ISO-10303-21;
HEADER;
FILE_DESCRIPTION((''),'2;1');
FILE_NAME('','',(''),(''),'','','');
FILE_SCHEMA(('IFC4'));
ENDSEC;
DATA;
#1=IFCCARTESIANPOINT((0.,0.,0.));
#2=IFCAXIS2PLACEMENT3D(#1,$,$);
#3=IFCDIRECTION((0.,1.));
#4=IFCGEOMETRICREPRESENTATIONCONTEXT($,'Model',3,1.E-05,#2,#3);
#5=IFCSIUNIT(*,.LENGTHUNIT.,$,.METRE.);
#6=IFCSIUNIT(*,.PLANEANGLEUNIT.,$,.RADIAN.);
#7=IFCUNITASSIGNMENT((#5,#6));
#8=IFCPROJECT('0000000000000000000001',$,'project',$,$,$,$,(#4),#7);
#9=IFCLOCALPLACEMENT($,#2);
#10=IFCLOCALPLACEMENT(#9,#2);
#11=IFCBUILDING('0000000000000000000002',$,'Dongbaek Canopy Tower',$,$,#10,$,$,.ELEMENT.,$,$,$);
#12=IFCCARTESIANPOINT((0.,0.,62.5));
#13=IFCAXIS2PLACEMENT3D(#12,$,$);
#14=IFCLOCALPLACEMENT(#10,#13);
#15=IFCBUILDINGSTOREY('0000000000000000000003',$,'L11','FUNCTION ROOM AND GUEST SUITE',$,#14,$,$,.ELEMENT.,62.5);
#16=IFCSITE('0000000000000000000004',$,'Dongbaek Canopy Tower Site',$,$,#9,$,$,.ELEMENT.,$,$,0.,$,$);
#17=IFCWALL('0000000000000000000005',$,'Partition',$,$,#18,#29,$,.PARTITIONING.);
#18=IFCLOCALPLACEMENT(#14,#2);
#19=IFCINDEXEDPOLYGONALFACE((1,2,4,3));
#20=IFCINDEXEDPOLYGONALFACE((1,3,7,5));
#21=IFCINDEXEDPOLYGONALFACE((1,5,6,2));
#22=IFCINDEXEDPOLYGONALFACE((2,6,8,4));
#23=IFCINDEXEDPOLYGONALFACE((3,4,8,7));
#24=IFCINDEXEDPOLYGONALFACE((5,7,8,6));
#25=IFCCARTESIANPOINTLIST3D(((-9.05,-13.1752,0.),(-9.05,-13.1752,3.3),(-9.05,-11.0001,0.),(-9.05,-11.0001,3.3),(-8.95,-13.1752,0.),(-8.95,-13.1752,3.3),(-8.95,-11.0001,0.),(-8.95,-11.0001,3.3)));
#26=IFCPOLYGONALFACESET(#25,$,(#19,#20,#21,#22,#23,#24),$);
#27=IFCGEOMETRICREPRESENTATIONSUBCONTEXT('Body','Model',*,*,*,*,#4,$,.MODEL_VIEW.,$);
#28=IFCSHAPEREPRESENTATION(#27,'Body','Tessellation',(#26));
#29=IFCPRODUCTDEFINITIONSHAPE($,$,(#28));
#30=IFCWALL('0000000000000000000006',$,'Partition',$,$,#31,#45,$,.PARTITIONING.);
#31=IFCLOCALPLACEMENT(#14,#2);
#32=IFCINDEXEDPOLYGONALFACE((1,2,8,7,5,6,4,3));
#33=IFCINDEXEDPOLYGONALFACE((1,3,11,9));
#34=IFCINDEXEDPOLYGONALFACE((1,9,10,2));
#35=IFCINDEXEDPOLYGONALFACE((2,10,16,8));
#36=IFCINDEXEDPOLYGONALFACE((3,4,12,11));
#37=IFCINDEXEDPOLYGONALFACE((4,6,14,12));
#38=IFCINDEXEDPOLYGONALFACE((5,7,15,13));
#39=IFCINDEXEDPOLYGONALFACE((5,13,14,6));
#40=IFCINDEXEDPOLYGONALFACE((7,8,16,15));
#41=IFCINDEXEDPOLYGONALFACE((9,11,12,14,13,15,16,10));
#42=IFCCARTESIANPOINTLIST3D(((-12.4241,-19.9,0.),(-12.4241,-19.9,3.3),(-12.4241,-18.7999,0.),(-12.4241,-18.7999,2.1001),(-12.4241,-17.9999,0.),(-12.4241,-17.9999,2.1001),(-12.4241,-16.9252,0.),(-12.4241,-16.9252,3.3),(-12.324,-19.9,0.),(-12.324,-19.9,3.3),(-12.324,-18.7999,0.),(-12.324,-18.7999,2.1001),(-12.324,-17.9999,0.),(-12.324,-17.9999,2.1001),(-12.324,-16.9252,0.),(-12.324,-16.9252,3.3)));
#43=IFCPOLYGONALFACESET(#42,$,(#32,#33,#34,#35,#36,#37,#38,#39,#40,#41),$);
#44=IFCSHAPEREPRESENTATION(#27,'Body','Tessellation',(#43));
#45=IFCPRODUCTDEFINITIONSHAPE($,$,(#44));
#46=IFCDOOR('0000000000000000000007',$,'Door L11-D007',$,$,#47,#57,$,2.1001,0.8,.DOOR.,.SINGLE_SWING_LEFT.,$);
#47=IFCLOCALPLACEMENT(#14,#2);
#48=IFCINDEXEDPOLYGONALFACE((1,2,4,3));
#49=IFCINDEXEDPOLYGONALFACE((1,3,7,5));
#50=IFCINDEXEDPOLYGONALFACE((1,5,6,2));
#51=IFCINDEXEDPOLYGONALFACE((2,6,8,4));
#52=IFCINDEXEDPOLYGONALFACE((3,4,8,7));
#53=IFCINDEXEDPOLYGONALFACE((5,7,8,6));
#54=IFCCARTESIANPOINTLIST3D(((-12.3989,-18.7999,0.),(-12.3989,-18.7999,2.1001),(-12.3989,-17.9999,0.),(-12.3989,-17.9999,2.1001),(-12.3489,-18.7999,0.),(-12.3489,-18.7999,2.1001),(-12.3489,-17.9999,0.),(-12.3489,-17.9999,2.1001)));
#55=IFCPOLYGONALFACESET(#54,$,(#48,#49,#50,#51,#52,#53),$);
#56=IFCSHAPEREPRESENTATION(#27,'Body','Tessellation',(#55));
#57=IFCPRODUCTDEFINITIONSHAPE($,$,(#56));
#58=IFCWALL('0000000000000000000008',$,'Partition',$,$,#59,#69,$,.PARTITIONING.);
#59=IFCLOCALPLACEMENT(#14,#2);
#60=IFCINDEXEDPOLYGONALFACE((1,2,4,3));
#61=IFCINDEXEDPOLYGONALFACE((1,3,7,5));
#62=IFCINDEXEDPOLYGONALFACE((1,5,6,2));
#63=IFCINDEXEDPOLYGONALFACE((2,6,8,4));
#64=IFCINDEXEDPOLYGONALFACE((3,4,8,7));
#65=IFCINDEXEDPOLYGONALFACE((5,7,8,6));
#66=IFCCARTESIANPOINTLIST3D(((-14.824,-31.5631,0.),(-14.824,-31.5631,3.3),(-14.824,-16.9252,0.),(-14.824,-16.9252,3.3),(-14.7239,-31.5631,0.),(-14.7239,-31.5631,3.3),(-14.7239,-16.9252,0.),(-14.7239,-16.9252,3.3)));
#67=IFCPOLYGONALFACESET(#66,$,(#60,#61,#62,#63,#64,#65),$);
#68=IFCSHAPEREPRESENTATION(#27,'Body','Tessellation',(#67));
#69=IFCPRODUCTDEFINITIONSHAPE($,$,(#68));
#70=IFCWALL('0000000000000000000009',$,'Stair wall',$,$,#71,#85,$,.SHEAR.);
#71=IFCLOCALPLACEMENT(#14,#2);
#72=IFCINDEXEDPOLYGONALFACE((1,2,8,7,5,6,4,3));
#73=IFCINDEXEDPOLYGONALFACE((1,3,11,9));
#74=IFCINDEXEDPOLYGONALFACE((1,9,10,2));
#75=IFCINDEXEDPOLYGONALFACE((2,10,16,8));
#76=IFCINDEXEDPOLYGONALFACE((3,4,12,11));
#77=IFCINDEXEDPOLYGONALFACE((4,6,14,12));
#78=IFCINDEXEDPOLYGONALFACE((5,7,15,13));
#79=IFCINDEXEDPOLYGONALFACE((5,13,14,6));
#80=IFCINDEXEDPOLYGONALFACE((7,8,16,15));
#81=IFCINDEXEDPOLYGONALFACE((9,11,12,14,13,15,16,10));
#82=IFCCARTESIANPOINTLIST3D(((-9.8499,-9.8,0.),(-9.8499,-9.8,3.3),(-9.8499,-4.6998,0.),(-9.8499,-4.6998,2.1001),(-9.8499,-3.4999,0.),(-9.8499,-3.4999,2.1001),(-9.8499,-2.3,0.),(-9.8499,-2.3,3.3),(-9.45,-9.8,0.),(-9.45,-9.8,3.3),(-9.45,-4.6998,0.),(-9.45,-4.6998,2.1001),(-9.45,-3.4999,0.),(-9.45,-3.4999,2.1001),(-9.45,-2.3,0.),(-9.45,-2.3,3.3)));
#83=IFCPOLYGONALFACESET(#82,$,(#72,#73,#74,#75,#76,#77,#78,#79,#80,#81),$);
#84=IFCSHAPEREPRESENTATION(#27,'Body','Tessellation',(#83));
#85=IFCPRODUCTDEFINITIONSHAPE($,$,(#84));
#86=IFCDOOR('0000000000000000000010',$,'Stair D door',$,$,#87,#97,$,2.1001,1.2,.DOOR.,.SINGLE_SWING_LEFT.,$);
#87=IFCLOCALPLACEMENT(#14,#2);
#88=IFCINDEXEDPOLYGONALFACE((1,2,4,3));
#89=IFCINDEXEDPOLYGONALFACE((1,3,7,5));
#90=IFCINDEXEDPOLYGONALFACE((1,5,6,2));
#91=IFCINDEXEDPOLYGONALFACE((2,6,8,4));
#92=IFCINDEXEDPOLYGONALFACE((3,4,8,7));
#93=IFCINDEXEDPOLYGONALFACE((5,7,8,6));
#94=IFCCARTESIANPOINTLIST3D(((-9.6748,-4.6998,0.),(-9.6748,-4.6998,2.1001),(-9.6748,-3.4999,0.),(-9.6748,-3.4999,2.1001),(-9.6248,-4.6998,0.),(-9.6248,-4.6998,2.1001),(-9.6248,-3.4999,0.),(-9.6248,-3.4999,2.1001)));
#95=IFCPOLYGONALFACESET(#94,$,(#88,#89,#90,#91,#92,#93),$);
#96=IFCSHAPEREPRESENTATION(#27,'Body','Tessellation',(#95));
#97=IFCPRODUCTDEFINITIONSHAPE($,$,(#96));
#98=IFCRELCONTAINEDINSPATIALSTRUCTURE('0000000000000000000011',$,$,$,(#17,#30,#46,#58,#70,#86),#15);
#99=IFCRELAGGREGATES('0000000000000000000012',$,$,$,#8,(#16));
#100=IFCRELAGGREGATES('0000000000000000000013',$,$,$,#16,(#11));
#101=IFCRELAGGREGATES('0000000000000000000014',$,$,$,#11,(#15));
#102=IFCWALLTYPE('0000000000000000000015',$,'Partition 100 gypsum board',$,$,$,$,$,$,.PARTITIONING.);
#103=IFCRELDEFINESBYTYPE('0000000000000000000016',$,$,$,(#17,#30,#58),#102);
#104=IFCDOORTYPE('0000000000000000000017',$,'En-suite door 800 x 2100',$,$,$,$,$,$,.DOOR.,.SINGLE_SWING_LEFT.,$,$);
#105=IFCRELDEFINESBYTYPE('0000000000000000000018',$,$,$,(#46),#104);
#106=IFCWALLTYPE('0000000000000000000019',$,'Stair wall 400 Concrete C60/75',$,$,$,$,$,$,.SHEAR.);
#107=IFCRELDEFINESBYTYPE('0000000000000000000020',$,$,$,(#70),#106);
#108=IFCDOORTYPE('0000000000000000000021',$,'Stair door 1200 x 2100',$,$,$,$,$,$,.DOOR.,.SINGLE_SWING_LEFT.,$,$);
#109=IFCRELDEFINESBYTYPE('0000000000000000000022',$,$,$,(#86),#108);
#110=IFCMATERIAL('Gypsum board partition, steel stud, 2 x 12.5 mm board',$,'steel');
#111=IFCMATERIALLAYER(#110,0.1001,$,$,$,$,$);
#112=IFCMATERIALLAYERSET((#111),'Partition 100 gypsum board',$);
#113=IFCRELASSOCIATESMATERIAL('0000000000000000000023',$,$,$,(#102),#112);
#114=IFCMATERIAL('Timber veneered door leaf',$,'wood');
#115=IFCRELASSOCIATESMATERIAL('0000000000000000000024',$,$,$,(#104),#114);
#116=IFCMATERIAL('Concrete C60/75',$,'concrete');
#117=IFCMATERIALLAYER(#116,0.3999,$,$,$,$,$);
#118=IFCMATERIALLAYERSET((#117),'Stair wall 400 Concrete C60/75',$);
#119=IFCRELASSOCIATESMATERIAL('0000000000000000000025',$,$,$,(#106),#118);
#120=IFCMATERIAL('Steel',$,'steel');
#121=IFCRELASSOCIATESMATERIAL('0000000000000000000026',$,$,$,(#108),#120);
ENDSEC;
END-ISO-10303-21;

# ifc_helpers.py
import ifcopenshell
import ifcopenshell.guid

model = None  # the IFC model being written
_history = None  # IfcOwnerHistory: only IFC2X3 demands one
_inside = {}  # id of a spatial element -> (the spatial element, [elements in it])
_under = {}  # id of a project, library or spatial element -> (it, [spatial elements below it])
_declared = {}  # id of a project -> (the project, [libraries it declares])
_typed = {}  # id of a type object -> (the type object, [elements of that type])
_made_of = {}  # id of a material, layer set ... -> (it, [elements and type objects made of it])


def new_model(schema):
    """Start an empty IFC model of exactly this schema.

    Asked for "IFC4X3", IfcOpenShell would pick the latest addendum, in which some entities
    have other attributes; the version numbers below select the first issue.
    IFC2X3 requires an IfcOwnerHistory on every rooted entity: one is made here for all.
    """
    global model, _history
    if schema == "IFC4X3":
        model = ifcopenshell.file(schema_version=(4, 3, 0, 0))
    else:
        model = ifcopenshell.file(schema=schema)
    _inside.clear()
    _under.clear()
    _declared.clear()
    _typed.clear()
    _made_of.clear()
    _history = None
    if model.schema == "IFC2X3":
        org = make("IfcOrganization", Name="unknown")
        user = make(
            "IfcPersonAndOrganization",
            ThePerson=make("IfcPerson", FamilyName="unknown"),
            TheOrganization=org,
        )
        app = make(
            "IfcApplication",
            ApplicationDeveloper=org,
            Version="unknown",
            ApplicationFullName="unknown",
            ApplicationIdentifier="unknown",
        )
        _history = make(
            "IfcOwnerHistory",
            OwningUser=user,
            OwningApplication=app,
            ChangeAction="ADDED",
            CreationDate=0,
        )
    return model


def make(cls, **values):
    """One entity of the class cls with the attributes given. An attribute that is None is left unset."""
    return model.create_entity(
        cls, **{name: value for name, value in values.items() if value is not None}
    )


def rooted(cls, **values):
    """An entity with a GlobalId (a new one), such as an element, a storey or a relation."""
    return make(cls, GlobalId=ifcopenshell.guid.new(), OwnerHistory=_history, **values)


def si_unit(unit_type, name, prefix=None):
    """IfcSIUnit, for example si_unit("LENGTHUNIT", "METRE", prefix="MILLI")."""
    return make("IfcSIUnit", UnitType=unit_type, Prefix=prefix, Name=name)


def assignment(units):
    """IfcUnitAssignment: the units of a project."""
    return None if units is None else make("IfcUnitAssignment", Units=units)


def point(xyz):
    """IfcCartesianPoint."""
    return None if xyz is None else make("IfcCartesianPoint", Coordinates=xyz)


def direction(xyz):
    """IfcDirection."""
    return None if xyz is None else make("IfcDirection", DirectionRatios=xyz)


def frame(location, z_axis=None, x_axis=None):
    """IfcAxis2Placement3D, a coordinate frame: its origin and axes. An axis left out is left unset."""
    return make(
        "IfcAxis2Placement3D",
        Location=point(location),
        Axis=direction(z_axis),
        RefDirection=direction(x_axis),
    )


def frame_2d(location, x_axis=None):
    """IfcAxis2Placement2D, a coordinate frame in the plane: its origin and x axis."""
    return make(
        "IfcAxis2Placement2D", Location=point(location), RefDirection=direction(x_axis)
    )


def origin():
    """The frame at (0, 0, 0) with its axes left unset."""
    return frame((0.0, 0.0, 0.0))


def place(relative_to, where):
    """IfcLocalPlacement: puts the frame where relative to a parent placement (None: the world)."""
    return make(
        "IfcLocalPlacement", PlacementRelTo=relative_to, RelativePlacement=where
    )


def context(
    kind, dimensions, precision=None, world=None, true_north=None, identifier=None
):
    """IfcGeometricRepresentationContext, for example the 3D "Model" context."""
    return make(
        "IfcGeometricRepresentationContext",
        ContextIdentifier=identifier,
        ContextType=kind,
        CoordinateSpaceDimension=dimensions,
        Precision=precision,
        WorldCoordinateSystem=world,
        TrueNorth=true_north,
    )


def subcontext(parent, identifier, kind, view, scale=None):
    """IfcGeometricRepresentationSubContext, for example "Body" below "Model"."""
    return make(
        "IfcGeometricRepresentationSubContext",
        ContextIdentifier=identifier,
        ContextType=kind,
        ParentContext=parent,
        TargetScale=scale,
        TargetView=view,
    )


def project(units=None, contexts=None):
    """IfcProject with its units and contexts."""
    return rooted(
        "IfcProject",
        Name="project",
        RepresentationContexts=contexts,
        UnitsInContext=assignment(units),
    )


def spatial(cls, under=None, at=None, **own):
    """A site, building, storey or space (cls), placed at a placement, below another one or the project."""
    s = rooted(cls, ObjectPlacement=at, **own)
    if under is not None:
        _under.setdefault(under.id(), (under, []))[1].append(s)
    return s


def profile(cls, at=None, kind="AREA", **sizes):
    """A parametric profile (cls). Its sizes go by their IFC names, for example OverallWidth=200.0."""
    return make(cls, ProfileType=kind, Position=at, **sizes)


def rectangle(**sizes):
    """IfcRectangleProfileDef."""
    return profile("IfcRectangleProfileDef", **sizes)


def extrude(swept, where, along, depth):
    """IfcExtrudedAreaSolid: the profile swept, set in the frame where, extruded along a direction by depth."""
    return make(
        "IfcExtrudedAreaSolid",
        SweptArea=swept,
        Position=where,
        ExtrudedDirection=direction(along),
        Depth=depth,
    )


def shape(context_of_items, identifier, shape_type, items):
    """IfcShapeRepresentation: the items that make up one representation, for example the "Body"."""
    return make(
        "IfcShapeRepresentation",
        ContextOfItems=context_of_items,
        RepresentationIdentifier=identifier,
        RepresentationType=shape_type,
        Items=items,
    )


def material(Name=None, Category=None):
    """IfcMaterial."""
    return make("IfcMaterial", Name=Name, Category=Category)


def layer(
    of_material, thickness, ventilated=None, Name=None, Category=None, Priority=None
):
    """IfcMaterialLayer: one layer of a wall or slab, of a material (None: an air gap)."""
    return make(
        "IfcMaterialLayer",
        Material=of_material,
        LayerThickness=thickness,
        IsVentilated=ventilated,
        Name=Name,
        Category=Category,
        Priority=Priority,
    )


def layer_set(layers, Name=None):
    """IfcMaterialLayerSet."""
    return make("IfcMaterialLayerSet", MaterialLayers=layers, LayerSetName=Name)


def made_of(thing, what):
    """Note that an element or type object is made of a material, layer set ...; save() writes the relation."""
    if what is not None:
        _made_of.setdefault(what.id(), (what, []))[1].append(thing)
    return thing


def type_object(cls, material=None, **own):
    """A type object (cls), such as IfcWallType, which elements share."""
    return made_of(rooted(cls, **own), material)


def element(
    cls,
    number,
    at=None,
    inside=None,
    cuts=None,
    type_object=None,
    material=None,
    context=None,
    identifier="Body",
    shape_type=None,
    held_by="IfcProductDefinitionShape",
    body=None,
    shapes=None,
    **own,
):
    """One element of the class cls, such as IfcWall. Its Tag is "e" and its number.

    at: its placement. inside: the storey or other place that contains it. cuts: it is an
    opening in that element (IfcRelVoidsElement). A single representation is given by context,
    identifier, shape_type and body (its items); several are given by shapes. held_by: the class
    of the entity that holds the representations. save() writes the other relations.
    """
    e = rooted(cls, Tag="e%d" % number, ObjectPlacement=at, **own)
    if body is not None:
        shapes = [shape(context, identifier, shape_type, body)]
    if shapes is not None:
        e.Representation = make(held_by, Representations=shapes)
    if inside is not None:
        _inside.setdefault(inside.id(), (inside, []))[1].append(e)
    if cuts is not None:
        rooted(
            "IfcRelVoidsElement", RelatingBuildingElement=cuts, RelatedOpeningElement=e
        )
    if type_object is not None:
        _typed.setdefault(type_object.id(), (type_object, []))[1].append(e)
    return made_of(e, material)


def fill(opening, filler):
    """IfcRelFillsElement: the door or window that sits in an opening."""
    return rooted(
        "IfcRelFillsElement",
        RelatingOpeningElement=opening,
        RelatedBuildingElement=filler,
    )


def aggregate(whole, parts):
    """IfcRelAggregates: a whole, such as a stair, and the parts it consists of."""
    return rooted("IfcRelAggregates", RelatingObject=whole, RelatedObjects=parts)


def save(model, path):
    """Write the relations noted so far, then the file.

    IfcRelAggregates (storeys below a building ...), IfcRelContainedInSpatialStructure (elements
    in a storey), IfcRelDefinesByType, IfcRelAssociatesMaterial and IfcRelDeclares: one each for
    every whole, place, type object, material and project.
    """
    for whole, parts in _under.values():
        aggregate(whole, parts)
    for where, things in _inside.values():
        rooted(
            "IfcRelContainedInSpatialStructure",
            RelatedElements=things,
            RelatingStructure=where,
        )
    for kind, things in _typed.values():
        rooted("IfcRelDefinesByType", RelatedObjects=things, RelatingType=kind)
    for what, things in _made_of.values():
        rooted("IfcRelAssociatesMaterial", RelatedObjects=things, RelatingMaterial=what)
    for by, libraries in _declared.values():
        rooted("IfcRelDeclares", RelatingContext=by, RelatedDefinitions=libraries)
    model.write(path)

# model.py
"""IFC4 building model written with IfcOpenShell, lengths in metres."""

from ifc_helpers import new_model, si_unit, direction, frame, frame_2d, origin, place, context, subcontext, project, spatial, rectangle, extrude, material, layer, layer_set, type_object, element, fill, save


model = new_model("IFC4")

# Units and contexts
model_context = context("Model", 3, precision=1e-05, world=origin(), true_north=direction((0.0, 1.0)))
body_context = subcontext(model_context, "Body", "Model", "MODEL_VIEW")
ifc_project = project(units=[si_unit("LENGTHUNIT", "METRE"), si_unit("PLANEANGLEUNIT", "RADIAN")], contexts=[model_context])

# Site, building, storey
site_placement = place(None, origin())
site = spatial("IfcSite", under=ifc_project, at=site_placement, Name="Dongbaek Canopy Tower Site", CompositionType="ELEMENT", RefElevation=0.0)
building_placement = place(site_placement, origin())
building = spatial("IfcBuilding", under=site, at=building_placement, Name="Dongbaek Canopy Tower", CompositionType="ELEMENT")
storey_placement = place(building_placement, frame((0.0, 0.0, 62.5)))
storey = spatial("IfcBuildingStorey", under=building, at=storey_placement, Name="L11", Description="FUNCTION ROOM AND GUEST SUITE", CompositionType="ELEMENT", Elevation=62.5)

# Wall
ifc_material_1 = material(Name="Gypsum board partition, steel stud, 2 x 12.5 mm board", Category="steel")
ifc_layer_1 = layer(ifc_material_1, 0.1001)
ifc_layer_set_1 = layer_set([ifc_layer_1], Name="Partition 100 gypsum board")
wall_type_1 = type_object("IfcWallType", Name="Partition 100 gypsum board", PredefinedType="PARTITIONING", material=ifc_layer_set_1)
wall_1_placement = place(storey_placement, frame((-9.0, -13.175, 0.0), z_axis=(0.0, 0.0, 1.0), x_axis=(0.0, 1.0, 0.0)))
element("IfcWall", 1, at=wall_1_placement, inside=storey, type_object=wall_type_1, Name="Partition", PredefinedType="PARTITIONING", context=body_context, shape_type="SweptSolid", body=[
    extrude(rectangle(XDim=2.175, YDim=0.1001, at=frame_2d((1.0874, 0.0))), origin(), (0.0, 0.0, 1.0), 3.3),
])

# Wall, opening, door
wall_2_placement = place(storey_placement, frame((-12.374, -19.8999, 0.0), z_axis=(0.0, 0.0, 1.0), x_axis=(0.0, 1.0, 0.0)))
wall_2 = element("IfcWall", 2, at=wall_2_placement, inside=storey, type_object=wall_type_1, Name="Partition", PredefinedType="PARTITIONING", context=body_context, shape_type="SweptSolid", body=[
    extrude(rectangle(XDim=2.9749, YDim=0.1001, at=frame_2d((1.4873, 0.0))), origin(), (0.0, 0.0, 1.0), 3.3),
])
opening_1_placement = place(wall_2_placement, frame((1.1001, 0.0, 0.0)))
opening_1 = element("IfcOpeningElement", 3, at=opening_1_placement, cuts=wall_2, PredefinedType="OPENING", context=body_context, shape_type="SweptSolid", body=[
    extrude(rectangle(XDim=0.8, YDim=2.1001, at=frame_2d((0.3999, 1.05))), frame((0.0, 0.0601, 0.0), z_axis=(0.0, -1.0, 0.0), x_axis=(1.0, 0.0, 0.0)), (0.0, 0.0, 1.0), 0.1201),
])
ifc_material_2 = material(Name="Timber veneered door leaf", Category="wood")
door_type_1 = type_object("IfcDoorType", Name="En-suite door 800 x 2100", OperationType="SINGLE_SWING_LEFT", PredefinedType="DOOR", material=ifc_material_2)
door_1_placement = place(opening_1_placement, origin())
door_1 = element("IfcDoor", 4, at=door_1_placement, inside=storey, type_object=door_type_1, Name="Door L11-D007", OperationType="SINGLE_SWING_LEFT", OverallHeight=2.1001, OverallWidth=0.8, PredefinedType="DOOR", context=body_context, shape_type="SweptSolid", body=[
    extrude(rectangle(XDim=0.8, YDim=2.1001, at=frame_2d((0.3999, 1.05))), frame((0.0, 0.0249, 0.0), z_axis=(0.0, -1.0, 0.0), x_axis=(1.0, 0.0, 0.0)), (0.0, 0.0, 1.0), 0.05),
])
fill(opening_1, door_1)

# Wall
wall_3_placement = place(storey_placement, frame((-14.7739, -31.563, 0.0), z_axis=(0.0, 0.0, 1.0), x_axis=(0.0, 1.0, 0.0)))
element("IfcWall", 5, at=wall_3_placement, inside=storey, type_object=wall_type_1, Name="Partition", PredefinedType="PARTITIONING", context=body_context, shape_type="SweptSolid", body=[
    extrude(rectangle(XDim=14.6379, YDim=0.1001, at=frame_2d((7.3188, 0.0))), origin(), (0.0, 0.0, 1.0), 3.3),
])

# Wall, opening, door
ifc_material_3 = material(Name="Concrete C60/75", Category="concrete")
ifc_layer_2 = layer(ifc_material_3, 0.3999)
ifc_layer_set_2 = layer_set([ifc_layer_2], Name="Stair wall 400 Concrete C60/75")
wall_type_2 = type_object("IfcWallType", Name="Stair wall 400 Concrete C60/75", PredefinedType="SHEAR", material=ifc_layer_set_2)
wall_4_placement = place(storey_placement, frame((-9.6499, -9.8, 0.0), z_axis=(0.0, 0.0, 1.0), x_axis=(0.0, 1.0, 0.0)))
wall_4 = element("IfcWall", 6, at=wall_4_placement, inside=storey, type_object=wall_type_2, Name="Stair wall", PredefinedType="SHEAR", context=body_context, shape_type="SweptSolid", body=[
    extrude(rectangle(XDim=7.5, YDim=0.3999, at=frame_2d((3.75, 0.0))), origin(), (0.0, 0.0, 1.0), 3.3),
])
opening_2_placement = place(wall_4_placement, frame((5.1001, 0.0, 0.0)))
opening_2 = element("IfcOpeningElement", 7, at=opening_2_placement, cuts=wall_4, PredefinedType="OPENING", context=body_context, shape_type="SweptSolid", body=[
    extrude(rectangle(XDim=1.2, YDim=2.1001, at=frame_2d((0.6001, 1.05))), frame((0.0, 0.21, 0.0), z_axis=(0.0, -1.0, 0.0), x_axis=(1.0, 0.0, 0.0)), (0.0, 0.0, 1.0), 0.4199),
])
ifc_material_4 = material(Name="Steel", Category="steel")
door_type_2 = type_object("IfcDoorType", Name="Stair door 1200 x 2100", OperationType="SINGLE_SWING_LEFT", PredefinedType="DOOR", material=ifc_material_4)
door_2_placement = place(opening_2_placement, origin())
door_2 = element("IfcDoor", 8, at=door_2_placement, inside=storey, type_object=door_type_2, Name="Stair D door", OperationType="SINGLE_SWING_LEFT", OverallHeight=2.1001, OverallWidth=1.2, PredefinedType="DOOR", context=body_context, shape_type="SweptSolid", body=[
    extrude(rectangle(XDim=1.2, YDim=2.1001, at=frame_2d((0.6001, 1.05))), frame((0.0, 0.0249, 0.0), z_axis=(0.0, -1.0, 0.0), x_axis=(1.0, 0.0, 0.0)), (0.0, 0.0, 1.0), 0.05),
])
fill(opening_2, door_2)

save(model, "model.ifc")
